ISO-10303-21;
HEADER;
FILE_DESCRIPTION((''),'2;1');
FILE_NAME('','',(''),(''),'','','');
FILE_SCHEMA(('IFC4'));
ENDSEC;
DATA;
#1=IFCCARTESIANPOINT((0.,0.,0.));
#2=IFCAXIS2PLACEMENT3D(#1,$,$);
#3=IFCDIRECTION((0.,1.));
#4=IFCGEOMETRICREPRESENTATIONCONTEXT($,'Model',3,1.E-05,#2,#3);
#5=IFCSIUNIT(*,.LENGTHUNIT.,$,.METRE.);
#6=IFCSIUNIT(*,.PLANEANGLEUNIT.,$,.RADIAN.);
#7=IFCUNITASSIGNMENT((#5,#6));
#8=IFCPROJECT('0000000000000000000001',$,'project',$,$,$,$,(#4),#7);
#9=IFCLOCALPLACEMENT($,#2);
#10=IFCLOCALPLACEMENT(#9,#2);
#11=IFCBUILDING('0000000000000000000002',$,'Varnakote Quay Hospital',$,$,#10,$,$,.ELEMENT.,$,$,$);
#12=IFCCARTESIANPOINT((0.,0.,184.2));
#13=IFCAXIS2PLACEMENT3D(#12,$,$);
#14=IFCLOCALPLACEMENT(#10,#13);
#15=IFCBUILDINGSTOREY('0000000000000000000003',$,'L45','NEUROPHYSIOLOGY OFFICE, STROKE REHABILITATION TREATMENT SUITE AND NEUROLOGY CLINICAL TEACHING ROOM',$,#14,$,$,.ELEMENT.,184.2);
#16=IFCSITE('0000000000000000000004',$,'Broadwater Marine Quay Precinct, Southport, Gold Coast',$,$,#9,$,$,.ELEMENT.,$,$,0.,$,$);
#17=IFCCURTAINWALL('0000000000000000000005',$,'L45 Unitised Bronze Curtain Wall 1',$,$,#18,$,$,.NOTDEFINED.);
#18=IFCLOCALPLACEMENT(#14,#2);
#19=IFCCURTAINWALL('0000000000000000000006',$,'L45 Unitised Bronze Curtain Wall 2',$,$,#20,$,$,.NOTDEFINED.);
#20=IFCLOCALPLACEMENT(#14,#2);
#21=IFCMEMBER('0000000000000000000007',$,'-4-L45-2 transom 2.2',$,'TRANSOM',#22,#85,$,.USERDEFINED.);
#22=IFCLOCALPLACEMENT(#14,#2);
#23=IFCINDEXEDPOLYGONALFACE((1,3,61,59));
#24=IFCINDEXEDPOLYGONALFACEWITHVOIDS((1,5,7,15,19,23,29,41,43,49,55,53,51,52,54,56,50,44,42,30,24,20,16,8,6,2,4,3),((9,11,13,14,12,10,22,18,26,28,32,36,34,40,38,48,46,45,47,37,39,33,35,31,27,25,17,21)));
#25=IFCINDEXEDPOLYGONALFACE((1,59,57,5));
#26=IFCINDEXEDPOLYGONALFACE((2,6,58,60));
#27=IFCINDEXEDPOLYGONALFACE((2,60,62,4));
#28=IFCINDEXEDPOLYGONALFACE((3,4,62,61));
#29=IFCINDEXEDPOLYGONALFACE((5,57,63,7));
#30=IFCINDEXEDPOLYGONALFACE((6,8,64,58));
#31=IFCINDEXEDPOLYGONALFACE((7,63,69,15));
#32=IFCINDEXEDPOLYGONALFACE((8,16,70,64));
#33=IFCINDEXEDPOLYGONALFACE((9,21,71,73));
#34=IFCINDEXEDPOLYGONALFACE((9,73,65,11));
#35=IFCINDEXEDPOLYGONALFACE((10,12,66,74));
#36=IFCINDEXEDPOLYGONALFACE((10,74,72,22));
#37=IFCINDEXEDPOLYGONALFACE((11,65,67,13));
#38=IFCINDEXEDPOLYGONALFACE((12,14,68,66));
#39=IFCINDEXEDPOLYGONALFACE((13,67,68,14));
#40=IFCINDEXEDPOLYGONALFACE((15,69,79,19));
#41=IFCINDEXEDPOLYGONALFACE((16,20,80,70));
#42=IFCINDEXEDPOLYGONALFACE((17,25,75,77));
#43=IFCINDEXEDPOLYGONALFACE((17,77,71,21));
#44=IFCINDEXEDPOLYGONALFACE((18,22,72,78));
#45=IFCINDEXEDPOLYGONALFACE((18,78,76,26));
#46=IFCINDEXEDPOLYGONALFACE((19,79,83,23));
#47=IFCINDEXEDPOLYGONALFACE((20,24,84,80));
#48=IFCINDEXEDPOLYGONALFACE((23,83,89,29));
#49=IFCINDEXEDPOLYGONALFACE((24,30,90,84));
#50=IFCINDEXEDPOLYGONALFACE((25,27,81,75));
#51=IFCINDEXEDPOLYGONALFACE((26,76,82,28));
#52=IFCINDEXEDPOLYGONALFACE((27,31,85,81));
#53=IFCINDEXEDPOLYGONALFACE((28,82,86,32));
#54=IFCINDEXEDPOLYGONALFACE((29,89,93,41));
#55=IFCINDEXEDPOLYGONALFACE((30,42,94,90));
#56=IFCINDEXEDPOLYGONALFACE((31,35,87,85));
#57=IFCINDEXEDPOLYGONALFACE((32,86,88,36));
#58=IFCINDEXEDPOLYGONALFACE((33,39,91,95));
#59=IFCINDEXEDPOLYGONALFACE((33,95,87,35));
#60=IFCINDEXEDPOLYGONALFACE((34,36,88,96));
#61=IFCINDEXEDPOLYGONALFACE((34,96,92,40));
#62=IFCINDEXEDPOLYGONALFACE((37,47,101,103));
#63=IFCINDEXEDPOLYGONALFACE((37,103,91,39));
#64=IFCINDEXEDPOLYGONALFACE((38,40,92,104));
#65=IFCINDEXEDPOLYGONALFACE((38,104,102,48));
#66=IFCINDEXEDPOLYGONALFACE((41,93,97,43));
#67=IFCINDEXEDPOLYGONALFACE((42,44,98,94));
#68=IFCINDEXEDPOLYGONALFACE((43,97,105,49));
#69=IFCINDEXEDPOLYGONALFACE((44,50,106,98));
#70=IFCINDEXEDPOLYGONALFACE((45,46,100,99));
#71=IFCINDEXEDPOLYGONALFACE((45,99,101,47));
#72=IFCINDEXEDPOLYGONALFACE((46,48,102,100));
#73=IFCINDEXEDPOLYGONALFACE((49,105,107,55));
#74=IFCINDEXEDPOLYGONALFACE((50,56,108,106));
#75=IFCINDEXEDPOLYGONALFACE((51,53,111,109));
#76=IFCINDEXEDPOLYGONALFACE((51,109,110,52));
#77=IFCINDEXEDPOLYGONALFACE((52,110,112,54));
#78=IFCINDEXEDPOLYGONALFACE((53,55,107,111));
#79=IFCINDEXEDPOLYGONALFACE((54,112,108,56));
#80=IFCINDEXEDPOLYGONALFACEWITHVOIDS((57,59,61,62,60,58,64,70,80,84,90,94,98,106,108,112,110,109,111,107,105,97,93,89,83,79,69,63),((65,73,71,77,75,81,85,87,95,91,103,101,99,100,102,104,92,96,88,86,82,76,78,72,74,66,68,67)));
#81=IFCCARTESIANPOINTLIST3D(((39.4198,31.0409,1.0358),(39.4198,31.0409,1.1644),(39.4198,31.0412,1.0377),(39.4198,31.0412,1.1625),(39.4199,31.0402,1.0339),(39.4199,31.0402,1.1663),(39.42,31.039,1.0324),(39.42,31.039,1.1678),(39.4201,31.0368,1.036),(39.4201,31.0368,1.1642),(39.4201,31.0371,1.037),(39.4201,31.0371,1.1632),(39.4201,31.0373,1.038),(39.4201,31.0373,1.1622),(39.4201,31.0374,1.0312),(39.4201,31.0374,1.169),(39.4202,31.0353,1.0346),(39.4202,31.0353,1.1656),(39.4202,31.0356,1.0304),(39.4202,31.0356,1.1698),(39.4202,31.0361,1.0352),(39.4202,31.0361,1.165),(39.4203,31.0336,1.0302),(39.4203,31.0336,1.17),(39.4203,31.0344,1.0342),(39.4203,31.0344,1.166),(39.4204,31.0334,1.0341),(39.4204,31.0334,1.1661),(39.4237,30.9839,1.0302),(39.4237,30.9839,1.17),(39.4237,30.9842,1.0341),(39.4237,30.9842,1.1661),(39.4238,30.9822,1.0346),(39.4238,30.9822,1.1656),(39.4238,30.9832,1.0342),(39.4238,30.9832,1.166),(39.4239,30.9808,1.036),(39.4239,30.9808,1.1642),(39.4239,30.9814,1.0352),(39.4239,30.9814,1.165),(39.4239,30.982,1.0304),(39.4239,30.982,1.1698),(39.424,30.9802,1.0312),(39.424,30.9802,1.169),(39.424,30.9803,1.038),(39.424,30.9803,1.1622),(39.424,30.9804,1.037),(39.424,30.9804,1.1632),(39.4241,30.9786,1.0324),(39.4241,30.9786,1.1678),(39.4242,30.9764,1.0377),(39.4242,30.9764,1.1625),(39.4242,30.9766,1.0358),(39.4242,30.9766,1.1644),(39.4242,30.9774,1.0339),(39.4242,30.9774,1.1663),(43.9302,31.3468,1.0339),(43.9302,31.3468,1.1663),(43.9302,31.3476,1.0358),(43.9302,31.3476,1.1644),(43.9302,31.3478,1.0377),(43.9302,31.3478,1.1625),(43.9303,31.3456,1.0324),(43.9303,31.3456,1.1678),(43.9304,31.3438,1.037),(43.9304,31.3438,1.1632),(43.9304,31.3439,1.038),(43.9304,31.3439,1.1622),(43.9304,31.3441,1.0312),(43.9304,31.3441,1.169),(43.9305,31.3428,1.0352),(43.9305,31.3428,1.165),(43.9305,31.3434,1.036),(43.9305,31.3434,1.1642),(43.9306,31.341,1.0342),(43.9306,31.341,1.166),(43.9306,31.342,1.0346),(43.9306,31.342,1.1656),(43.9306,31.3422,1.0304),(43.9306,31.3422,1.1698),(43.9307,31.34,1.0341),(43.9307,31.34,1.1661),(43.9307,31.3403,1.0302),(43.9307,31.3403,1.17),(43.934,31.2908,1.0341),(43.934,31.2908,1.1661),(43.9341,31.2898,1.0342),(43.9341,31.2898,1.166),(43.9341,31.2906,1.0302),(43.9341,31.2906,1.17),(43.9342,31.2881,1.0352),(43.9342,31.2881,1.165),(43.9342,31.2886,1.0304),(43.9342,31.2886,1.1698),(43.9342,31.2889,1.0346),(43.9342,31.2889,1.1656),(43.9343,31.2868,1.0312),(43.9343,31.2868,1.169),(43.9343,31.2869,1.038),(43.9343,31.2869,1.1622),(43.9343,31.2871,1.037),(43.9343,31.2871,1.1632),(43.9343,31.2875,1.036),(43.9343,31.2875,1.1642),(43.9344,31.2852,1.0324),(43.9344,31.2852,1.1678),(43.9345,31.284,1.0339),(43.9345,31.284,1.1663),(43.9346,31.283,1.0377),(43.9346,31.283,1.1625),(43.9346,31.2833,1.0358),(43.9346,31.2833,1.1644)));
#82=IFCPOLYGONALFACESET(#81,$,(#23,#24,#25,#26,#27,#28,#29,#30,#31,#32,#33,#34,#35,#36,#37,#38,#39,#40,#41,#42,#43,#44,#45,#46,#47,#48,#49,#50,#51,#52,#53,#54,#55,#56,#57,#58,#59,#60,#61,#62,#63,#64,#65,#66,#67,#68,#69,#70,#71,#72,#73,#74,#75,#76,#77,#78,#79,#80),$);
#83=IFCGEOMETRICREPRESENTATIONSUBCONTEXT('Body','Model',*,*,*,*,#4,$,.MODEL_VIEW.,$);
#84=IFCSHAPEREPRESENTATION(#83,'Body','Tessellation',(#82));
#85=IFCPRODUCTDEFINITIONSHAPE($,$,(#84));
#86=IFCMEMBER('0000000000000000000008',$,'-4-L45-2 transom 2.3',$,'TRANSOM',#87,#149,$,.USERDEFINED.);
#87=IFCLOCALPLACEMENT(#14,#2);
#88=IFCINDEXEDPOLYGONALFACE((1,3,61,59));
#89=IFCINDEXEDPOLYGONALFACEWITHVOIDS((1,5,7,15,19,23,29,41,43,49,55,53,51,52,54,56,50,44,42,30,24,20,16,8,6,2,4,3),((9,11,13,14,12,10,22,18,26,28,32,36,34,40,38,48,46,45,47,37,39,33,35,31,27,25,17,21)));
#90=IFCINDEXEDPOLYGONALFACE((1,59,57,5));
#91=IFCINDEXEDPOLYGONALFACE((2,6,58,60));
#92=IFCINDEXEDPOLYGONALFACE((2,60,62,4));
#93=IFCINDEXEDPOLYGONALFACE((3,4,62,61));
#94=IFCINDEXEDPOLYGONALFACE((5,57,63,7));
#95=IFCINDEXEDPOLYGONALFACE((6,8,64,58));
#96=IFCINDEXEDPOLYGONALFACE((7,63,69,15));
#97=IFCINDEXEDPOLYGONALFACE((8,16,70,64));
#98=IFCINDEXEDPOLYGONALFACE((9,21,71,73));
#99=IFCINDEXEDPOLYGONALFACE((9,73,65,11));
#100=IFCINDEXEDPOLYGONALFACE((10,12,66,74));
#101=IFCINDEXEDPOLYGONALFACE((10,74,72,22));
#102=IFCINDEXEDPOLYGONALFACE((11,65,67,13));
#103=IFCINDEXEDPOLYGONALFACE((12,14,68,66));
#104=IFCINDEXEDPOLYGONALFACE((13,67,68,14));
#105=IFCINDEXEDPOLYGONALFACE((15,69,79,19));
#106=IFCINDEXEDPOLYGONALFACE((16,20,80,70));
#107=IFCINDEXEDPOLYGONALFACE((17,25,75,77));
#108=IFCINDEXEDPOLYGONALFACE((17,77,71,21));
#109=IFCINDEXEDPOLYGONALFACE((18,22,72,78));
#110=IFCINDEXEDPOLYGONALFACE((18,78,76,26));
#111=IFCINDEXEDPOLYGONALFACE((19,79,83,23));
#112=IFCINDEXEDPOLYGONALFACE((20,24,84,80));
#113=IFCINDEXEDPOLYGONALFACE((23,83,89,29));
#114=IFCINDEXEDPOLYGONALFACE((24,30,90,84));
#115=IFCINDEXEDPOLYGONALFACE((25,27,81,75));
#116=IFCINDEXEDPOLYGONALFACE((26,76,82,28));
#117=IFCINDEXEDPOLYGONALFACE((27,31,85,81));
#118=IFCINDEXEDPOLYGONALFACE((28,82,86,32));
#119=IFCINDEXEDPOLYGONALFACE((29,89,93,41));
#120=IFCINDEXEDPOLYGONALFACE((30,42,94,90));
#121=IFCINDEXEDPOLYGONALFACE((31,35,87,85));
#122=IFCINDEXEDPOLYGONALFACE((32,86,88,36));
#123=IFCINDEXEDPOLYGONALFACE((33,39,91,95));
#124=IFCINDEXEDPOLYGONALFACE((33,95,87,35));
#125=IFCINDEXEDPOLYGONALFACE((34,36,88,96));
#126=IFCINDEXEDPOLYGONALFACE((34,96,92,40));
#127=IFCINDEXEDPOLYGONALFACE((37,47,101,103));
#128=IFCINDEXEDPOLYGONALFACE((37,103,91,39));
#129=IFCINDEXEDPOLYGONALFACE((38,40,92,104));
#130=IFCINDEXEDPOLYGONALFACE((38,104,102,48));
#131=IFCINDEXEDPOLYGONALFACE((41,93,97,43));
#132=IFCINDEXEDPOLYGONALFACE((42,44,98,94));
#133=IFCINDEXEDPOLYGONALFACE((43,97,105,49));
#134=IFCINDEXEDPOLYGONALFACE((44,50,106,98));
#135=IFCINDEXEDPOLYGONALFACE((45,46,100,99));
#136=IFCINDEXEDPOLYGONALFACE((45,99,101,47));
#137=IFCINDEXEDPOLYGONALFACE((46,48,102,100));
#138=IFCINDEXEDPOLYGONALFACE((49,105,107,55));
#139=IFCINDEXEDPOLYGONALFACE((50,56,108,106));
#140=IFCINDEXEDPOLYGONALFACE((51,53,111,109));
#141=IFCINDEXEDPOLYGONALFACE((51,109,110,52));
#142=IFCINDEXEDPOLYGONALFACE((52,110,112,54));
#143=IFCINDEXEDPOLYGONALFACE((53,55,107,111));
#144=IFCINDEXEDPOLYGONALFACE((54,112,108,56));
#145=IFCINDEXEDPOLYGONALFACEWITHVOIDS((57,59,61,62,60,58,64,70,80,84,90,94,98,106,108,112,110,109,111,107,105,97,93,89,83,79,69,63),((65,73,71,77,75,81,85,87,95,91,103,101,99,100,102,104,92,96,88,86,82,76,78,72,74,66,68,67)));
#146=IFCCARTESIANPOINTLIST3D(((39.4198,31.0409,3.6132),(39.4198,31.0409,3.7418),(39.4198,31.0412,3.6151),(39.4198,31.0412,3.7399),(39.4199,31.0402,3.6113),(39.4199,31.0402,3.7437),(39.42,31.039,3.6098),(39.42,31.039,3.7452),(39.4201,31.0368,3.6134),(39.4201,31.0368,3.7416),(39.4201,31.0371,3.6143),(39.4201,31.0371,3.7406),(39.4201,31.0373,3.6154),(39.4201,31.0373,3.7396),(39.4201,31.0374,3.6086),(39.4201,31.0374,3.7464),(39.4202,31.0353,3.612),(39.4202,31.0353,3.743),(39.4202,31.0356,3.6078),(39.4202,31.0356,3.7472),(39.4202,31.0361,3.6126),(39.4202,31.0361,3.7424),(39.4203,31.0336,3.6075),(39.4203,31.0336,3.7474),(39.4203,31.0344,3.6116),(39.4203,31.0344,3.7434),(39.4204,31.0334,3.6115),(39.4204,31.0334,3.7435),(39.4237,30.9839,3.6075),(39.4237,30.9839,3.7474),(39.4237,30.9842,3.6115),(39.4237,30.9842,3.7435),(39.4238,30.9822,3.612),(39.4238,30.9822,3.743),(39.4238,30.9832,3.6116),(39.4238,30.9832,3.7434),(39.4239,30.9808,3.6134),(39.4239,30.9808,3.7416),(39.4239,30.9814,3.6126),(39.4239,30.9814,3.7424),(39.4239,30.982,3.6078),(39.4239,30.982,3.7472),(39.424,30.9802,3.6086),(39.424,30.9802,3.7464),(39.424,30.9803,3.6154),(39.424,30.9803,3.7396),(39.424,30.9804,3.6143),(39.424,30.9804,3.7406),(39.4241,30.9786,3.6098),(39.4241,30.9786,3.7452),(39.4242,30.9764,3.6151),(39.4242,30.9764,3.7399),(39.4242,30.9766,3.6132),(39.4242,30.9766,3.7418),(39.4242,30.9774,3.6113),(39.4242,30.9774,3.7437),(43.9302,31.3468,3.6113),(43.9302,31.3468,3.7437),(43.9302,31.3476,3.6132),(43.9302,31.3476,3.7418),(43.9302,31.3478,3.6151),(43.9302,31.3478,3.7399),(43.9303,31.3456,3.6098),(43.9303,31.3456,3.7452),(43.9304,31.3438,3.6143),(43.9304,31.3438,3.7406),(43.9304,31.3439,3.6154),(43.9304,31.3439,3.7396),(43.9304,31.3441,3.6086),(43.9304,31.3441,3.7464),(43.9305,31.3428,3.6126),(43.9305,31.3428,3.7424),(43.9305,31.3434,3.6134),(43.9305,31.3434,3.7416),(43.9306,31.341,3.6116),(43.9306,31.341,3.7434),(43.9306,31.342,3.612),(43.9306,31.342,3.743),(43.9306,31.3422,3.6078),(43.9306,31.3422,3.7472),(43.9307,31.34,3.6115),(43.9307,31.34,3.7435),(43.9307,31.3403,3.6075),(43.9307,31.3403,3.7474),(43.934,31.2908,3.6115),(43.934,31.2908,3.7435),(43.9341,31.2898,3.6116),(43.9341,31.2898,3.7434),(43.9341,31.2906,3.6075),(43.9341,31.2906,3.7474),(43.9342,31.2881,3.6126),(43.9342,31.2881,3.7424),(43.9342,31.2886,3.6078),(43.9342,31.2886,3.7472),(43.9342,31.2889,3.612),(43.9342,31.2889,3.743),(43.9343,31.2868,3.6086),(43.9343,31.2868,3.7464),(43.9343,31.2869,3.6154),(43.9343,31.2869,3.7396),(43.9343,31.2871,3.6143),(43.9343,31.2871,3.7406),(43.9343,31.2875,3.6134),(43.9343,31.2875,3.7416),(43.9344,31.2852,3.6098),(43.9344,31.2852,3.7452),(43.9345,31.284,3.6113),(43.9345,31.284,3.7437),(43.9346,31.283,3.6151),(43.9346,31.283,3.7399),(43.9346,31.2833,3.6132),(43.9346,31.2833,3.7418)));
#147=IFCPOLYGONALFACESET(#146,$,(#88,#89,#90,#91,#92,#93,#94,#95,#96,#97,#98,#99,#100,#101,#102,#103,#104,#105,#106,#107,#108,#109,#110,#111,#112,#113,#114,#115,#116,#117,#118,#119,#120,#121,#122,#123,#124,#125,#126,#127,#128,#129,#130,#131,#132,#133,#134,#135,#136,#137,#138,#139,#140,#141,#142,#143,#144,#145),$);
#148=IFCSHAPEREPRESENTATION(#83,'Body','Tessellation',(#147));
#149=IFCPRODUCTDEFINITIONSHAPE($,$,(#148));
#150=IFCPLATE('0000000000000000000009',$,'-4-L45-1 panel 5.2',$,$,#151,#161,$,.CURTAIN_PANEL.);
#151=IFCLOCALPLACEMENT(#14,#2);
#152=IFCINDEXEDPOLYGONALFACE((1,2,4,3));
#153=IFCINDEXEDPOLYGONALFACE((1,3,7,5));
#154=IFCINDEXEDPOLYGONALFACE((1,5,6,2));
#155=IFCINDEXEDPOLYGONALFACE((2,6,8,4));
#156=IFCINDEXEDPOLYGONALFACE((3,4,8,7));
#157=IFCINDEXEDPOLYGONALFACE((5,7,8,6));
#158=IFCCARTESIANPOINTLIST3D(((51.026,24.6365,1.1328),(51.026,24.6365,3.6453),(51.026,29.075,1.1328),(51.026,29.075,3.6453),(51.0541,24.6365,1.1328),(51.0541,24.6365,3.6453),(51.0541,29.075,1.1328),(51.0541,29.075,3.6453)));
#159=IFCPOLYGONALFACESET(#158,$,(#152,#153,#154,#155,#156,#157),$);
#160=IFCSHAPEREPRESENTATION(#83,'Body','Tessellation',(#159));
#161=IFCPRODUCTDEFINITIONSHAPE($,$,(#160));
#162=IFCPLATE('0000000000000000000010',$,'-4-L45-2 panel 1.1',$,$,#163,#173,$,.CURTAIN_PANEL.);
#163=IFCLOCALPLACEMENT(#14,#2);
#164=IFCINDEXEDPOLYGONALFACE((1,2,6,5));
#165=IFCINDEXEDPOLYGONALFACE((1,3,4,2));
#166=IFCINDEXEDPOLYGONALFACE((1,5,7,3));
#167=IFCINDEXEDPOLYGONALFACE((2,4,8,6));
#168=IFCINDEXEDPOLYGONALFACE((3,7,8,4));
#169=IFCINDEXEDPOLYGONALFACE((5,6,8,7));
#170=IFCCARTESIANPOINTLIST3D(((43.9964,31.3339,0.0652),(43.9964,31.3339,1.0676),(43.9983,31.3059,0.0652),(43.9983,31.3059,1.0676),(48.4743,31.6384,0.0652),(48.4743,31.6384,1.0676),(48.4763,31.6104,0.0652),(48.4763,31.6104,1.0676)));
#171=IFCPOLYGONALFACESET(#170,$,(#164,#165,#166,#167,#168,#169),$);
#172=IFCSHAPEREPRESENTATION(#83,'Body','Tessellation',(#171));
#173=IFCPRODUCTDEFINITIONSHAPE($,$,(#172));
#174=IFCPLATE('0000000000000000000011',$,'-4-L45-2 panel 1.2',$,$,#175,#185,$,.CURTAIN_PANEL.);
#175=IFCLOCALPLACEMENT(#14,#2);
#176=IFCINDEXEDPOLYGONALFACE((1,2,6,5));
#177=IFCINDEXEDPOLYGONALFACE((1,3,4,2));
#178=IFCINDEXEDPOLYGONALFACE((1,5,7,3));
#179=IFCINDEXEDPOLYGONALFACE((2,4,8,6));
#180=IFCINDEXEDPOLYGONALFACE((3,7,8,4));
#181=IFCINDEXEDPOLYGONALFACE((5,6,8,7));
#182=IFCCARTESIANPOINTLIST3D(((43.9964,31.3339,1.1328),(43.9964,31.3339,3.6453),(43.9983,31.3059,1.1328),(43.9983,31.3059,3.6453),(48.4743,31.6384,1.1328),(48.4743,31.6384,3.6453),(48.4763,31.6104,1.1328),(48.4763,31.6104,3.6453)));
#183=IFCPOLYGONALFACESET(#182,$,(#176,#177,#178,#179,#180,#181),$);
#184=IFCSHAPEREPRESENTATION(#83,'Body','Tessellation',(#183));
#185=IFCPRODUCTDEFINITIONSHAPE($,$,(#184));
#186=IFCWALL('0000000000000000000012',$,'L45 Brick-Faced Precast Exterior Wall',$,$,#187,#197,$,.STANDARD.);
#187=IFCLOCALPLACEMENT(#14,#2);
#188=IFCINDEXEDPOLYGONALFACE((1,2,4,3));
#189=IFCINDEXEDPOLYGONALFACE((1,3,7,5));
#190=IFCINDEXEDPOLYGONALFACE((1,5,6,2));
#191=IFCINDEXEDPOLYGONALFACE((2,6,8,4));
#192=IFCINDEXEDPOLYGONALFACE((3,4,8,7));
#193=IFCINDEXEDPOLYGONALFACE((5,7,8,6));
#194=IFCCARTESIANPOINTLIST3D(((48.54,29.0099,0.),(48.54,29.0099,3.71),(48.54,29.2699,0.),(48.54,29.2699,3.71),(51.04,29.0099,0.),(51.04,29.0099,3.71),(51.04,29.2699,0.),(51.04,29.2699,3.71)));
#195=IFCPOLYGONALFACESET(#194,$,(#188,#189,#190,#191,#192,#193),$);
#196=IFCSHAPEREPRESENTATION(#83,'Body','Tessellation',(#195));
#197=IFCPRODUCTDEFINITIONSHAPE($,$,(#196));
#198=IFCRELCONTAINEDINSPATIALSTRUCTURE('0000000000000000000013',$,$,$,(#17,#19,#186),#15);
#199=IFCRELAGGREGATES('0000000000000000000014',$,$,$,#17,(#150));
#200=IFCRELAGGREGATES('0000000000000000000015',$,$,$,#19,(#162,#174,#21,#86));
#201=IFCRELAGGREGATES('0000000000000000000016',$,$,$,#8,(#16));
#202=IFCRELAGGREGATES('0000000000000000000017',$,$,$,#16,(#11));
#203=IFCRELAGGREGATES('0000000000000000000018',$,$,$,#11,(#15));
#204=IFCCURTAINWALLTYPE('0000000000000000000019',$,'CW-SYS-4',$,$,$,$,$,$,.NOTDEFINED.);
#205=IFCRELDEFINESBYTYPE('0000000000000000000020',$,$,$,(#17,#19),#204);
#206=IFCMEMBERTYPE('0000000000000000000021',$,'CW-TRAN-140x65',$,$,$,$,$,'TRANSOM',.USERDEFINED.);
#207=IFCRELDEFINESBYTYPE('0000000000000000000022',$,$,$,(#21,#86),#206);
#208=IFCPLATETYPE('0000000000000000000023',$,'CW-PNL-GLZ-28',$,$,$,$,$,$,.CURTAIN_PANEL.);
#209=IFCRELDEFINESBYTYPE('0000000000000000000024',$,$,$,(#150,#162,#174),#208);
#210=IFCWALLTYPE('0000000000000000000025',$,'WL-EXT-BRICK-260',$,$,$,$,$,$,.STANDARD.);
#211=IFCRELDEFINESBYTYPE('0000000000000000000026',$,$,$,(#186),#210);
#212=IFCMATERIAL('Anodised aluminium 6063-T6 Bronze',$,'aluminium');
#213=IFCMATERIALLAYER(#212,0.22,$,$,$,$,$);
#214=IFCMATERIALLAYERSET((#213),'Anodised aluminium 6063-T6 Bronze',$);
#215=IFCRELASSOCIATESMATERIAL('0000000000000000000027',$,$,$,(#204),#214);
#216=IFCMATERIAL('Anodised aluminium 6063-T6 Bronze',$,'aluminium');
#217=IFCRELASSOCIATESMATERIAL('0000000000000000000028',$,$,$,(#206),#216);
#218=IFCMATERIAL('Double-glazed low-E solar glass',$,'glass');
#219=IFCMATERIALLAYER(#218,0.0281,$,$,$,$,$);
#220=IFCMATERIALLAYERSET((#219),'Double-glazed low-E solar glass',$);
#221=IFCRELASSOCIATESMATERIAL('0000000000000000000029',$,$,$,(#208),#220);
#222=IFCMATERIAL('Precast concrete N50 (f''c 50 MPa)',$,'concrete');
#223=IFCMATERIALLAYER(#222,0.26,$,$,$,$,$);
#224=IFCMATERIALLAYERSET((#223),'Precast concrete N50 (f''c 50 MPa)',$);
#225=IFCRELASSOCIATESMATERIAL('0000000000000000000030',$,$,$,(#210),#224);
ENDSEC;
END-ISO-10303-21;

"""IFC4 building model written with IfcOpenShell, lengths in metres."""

from ifc_helpers import new_model, si_unit, direction, frame, frame_2d, origin, origin_2d, place, context, subcontext, project, spatial, rectangle, hollow_rectangle, extrude, material, layer, layer_set, material_profile, profile_set, type_object, element, aggregate, save


model = new_model("IFC4")

# Units and contexts
model_context = context("Model", 3, precision=1e-05, world=origin(), true_north=direction((0.0, 1.0)))
body_context = subcontext(model_context, "Body", "Model", "MODEL_VIEW")
ifc_project = project(units=[si_unit("LENGTHUNIT", "METRE"), si_unit("PLANEANGLEUNIT", "RADIAN")], contexts=[model_context])

# Site, building, storey
site_placement = place(None, origin())
site = spatial("IfcSite", under=ifc_project, at=site_placement, Name="Broadwater Marine Quay Precinct, Southport, Gold Coast", CompositionType="ELEMENT", RefElevation=0.0)
building_placement = place(site_placement, origin())
building = spatial("IfcBuilding", under=site, at=building_placement, Name="Varnakote Quay Hospital", CompositionType="ELEMENT")
storey_placement = place(building_placement, frame((0.0, 0.0, 184.2)))
storey = spatial("IfcBuildingStorey", under=building, at=storey_placement, Name="L45", Description="NEUROPHYSIOLOGY OFFICE, STROKE REHABILITATION TREATMENT SUITE AND NEUROLOGY CLINICAL TEACHING ROOM", CompositionType="ELEMENT", Elevation=184.2)

# Curtain wall
ifc_material_1 = material(Name="Anodised aluminium 6063-T6 Bronze", Category="aluminium")
ifc_layer_1 = layer(ifc_material_1, 0.22)
ifc_layer_set_1 = layer_set([ifc_layer_1], Name="Anodised aluminium 6063-T6 Bronze")
curtain_wall_type = type_object("IfcCurtainWallType", Name="CW-SYS-4", PredefinedType="NOTDEFINED", material=ifc_layer_set_1)
curtain_wall_1_placement = place(storey_placement, origin())
curtain_wall_1 = element("IfcCurtainWall", 1, at=curtain_wall_1_placement, inside=storey, type_object=curtain_wall_type, Name="L45 Unitised Bronze Curtain Wall 1", PredefinedType="NOTDEFINED")

# Curtain wall, members
curtain_wall_2_placement = place(storey_placement, origin())
curtain_wall_2 = element("IfcCurtainWall", 2, at=curtain_wall_2_placement, inside=storey, type_object=curtain_wall_type, Name="L45 Unitised Bronze Curtain Wall 2", PredefinedType="NOTDEFINED")
ifc_material_2 = material(Name="Anodised aluminium 6063-T6 Bronze", Category="aluminium")
ifc_material_profile_1 = material_profile(ifc_material_2, hollow_rectangle(XDim=0.0649, YDim=0.1399, WallThickness=0.0039, InnerFilletRadius=0.0039, OuterFilletRadius=0.0076, at=origin_2d()), Name="CW-TRAN-140x65")
ifc_profile_set_1 = profile_set([ifc_material_profile_1], Name="Anodised aluminium 6063-T6 Bronze")
member_type_1 = type_object("IfcMemberType", Name="CW-TRAN-140x65", ElementType="TRANSOM", PredefinedType="USERDEFINED", material=ifc_profile_set_1)
member_1_placement = place(storey_placement, frame((43.9324, 31.3154, 1.1001), z_axis=(-0.997697, -0.067831, 0.0), x_axis=(0.067831, -0.997697, 0.0)))
member_1 = element("IfcMember", 3, at=member_1_placement, type_object=member_type_1, Name="-4-L45-2 transom 2.2", ObjectType="TRANSOM", PredefinedType="USERDEFINED", context=body_context, shape_type="SweptSolid", body=[
    extrude(hollow_rectangle(XDim=0.0649, YDim=0.1399, WallThickness=0.0039, InnerFilletRadius=0.0039, OuterFilletRadius=0.0076, at=origin_2d()), origin(), (0.0, 0.0, 1.0), 4.5208),
])
member_2_placement = place(storey_placement, frame((43.9324, 31.3154, 3.6775), z_axis=(-0.997697, -0.067831, 0.0), x_axis=(0.067831, -0.997697, 0.0)))
member_2 = element("IfcMember", 4, at=member_2_placement, type_object=member_type_1, Name="-4-L45-2 transom 2.3", ObjectType="TRANSOM", PredefinedType="USERDEFINED", context=body_context, shape_type="SweptSolid", body=[
    extrude(hollow_rectangle(XDim=0.0649, YDim=0.1399, WallThickness=0.0039, InnerFilletRadius=0.0039, OuterFilletRadius=0.0076, at=origin_2d()), origin(), (0.0, 0.0, 1.0), 4.5208),
])

# Plates
ifc_material_3 = material(Name="Double-glazed low-E solar glass", Category="glass")
ifc_layer_2 = layer(ifc_material_3, 0.0281)
ifc_layer_set_2 = layer_set([ifc_layer_2], Name="Double-glazed low-E solar glass")
plate_type = type_object("IfcPlateType", Name="CW-PNL-GLZ-28", PredefinedType="CURTAIN_PANEL", material=ifc_layer_set_2)
plate_1_placement = place(storey_placement, frame((51.04, 26.8557, 1.1328), z_axis=(0.0, 0.0, 1.0), x_axis=(0.0, 1.0, 0.0)))
plate_1 = element("IfcPlate", 5, at=plate_1_placement, type_object=plate_type, Name="-4-L45-1 panel 5.2", PredefinedType="CURTAIN_PANEL", context=body_context, shape_type="SweptSolid", body=[
    extrude(rectangle(XDim=4.4385, YDim=0.0281, at=origin_2d()), origin(), (0.0, 0.0, 1.0), 2.5125),
])
aggregate(curtain_wall_1, [plate_1])
plate_2_placement = place(storey_placement, frame((46.2363, 31.4722, 0.0652), z_axis=(0.0, 0.0, 1.0), x_axis=(-0.997696, -0.067842, 0.0)))
plate_2 = element("IfcPlate", 6, at=plate_2_placement, type_object=plate_type, Name="-4-L45-2 panel 1.1", PredefinedType="CURTAIN_PANEL", context=body_context, shape_type="SweptSolid", body=[
    extrude(rectangle(XDim=4.4883, YDim=0.0281, at=origin_2d()), origin(), (0.0, 0.0, 1.0), 1.0024),
])
plate_3_placement = place(storey_placement, frame((46.2363, 31.4722, 1.1328), z_axis=(0.0, 0.0, 1.0), x_axis=(-0.997696, -0.067842, 0.0)))
plate_3 = element("IfcPlate", 7, at=plate_3_placement, type_object=plate_type, Name="-4-L45-2 panel 1.2", PredefinedType="CURTAIN_PANEL", context=body_context, shape_type="SweptSolid", body=[
    extrude(rectangle(XDim=4.4883, YDim=0.0281, at=origin_2d()), origin(), (0.0, 0.0, 1.0), 2.5125),
])
aggregate(curtain_wall_2, [plate_2, plate_3, member_1, member_2])

# Wall
ifc_material_4 = material(Name="Precast concrete N50 (f'c 50 MPa)", Category="concrete")
ifc_layer_3 = layer(ifc_material_4, 0.26)
ifc_layer_set_3 = layer_set([ifc_layer_3], Name="Precast concrete N50 (f'c 50 MPa)")
wall_type_1 = type_object("IfcWallType", Name="WL-EXT-BRICK-260", PredefinedType="STANDARD", material=ifc_layer_set_3)
wall_1_placement = place(storey_placement, frame((51.04, 29.1399, 0.0), z_axis=(0.0, 0.0, 1.0), x_axis=(-1.0, 0.0, 0.0)))
element("IfcWall", 8, at=wall_1_placement, inside=storey, type_object=wall_type_1, Name="L45 Brick-Faced Precast Exterior Wall", PredefinedType="STANDARD", context=body_context, shape_type="SweptSolid", body=[
    extrude(rectangle(XDim=2.5, YDim=0.26, at=frame_2d((1.25, 0.0))), origin(), (0.0, 0.0, 1.0), 3.71),
])

save(model, "model.ifc")
